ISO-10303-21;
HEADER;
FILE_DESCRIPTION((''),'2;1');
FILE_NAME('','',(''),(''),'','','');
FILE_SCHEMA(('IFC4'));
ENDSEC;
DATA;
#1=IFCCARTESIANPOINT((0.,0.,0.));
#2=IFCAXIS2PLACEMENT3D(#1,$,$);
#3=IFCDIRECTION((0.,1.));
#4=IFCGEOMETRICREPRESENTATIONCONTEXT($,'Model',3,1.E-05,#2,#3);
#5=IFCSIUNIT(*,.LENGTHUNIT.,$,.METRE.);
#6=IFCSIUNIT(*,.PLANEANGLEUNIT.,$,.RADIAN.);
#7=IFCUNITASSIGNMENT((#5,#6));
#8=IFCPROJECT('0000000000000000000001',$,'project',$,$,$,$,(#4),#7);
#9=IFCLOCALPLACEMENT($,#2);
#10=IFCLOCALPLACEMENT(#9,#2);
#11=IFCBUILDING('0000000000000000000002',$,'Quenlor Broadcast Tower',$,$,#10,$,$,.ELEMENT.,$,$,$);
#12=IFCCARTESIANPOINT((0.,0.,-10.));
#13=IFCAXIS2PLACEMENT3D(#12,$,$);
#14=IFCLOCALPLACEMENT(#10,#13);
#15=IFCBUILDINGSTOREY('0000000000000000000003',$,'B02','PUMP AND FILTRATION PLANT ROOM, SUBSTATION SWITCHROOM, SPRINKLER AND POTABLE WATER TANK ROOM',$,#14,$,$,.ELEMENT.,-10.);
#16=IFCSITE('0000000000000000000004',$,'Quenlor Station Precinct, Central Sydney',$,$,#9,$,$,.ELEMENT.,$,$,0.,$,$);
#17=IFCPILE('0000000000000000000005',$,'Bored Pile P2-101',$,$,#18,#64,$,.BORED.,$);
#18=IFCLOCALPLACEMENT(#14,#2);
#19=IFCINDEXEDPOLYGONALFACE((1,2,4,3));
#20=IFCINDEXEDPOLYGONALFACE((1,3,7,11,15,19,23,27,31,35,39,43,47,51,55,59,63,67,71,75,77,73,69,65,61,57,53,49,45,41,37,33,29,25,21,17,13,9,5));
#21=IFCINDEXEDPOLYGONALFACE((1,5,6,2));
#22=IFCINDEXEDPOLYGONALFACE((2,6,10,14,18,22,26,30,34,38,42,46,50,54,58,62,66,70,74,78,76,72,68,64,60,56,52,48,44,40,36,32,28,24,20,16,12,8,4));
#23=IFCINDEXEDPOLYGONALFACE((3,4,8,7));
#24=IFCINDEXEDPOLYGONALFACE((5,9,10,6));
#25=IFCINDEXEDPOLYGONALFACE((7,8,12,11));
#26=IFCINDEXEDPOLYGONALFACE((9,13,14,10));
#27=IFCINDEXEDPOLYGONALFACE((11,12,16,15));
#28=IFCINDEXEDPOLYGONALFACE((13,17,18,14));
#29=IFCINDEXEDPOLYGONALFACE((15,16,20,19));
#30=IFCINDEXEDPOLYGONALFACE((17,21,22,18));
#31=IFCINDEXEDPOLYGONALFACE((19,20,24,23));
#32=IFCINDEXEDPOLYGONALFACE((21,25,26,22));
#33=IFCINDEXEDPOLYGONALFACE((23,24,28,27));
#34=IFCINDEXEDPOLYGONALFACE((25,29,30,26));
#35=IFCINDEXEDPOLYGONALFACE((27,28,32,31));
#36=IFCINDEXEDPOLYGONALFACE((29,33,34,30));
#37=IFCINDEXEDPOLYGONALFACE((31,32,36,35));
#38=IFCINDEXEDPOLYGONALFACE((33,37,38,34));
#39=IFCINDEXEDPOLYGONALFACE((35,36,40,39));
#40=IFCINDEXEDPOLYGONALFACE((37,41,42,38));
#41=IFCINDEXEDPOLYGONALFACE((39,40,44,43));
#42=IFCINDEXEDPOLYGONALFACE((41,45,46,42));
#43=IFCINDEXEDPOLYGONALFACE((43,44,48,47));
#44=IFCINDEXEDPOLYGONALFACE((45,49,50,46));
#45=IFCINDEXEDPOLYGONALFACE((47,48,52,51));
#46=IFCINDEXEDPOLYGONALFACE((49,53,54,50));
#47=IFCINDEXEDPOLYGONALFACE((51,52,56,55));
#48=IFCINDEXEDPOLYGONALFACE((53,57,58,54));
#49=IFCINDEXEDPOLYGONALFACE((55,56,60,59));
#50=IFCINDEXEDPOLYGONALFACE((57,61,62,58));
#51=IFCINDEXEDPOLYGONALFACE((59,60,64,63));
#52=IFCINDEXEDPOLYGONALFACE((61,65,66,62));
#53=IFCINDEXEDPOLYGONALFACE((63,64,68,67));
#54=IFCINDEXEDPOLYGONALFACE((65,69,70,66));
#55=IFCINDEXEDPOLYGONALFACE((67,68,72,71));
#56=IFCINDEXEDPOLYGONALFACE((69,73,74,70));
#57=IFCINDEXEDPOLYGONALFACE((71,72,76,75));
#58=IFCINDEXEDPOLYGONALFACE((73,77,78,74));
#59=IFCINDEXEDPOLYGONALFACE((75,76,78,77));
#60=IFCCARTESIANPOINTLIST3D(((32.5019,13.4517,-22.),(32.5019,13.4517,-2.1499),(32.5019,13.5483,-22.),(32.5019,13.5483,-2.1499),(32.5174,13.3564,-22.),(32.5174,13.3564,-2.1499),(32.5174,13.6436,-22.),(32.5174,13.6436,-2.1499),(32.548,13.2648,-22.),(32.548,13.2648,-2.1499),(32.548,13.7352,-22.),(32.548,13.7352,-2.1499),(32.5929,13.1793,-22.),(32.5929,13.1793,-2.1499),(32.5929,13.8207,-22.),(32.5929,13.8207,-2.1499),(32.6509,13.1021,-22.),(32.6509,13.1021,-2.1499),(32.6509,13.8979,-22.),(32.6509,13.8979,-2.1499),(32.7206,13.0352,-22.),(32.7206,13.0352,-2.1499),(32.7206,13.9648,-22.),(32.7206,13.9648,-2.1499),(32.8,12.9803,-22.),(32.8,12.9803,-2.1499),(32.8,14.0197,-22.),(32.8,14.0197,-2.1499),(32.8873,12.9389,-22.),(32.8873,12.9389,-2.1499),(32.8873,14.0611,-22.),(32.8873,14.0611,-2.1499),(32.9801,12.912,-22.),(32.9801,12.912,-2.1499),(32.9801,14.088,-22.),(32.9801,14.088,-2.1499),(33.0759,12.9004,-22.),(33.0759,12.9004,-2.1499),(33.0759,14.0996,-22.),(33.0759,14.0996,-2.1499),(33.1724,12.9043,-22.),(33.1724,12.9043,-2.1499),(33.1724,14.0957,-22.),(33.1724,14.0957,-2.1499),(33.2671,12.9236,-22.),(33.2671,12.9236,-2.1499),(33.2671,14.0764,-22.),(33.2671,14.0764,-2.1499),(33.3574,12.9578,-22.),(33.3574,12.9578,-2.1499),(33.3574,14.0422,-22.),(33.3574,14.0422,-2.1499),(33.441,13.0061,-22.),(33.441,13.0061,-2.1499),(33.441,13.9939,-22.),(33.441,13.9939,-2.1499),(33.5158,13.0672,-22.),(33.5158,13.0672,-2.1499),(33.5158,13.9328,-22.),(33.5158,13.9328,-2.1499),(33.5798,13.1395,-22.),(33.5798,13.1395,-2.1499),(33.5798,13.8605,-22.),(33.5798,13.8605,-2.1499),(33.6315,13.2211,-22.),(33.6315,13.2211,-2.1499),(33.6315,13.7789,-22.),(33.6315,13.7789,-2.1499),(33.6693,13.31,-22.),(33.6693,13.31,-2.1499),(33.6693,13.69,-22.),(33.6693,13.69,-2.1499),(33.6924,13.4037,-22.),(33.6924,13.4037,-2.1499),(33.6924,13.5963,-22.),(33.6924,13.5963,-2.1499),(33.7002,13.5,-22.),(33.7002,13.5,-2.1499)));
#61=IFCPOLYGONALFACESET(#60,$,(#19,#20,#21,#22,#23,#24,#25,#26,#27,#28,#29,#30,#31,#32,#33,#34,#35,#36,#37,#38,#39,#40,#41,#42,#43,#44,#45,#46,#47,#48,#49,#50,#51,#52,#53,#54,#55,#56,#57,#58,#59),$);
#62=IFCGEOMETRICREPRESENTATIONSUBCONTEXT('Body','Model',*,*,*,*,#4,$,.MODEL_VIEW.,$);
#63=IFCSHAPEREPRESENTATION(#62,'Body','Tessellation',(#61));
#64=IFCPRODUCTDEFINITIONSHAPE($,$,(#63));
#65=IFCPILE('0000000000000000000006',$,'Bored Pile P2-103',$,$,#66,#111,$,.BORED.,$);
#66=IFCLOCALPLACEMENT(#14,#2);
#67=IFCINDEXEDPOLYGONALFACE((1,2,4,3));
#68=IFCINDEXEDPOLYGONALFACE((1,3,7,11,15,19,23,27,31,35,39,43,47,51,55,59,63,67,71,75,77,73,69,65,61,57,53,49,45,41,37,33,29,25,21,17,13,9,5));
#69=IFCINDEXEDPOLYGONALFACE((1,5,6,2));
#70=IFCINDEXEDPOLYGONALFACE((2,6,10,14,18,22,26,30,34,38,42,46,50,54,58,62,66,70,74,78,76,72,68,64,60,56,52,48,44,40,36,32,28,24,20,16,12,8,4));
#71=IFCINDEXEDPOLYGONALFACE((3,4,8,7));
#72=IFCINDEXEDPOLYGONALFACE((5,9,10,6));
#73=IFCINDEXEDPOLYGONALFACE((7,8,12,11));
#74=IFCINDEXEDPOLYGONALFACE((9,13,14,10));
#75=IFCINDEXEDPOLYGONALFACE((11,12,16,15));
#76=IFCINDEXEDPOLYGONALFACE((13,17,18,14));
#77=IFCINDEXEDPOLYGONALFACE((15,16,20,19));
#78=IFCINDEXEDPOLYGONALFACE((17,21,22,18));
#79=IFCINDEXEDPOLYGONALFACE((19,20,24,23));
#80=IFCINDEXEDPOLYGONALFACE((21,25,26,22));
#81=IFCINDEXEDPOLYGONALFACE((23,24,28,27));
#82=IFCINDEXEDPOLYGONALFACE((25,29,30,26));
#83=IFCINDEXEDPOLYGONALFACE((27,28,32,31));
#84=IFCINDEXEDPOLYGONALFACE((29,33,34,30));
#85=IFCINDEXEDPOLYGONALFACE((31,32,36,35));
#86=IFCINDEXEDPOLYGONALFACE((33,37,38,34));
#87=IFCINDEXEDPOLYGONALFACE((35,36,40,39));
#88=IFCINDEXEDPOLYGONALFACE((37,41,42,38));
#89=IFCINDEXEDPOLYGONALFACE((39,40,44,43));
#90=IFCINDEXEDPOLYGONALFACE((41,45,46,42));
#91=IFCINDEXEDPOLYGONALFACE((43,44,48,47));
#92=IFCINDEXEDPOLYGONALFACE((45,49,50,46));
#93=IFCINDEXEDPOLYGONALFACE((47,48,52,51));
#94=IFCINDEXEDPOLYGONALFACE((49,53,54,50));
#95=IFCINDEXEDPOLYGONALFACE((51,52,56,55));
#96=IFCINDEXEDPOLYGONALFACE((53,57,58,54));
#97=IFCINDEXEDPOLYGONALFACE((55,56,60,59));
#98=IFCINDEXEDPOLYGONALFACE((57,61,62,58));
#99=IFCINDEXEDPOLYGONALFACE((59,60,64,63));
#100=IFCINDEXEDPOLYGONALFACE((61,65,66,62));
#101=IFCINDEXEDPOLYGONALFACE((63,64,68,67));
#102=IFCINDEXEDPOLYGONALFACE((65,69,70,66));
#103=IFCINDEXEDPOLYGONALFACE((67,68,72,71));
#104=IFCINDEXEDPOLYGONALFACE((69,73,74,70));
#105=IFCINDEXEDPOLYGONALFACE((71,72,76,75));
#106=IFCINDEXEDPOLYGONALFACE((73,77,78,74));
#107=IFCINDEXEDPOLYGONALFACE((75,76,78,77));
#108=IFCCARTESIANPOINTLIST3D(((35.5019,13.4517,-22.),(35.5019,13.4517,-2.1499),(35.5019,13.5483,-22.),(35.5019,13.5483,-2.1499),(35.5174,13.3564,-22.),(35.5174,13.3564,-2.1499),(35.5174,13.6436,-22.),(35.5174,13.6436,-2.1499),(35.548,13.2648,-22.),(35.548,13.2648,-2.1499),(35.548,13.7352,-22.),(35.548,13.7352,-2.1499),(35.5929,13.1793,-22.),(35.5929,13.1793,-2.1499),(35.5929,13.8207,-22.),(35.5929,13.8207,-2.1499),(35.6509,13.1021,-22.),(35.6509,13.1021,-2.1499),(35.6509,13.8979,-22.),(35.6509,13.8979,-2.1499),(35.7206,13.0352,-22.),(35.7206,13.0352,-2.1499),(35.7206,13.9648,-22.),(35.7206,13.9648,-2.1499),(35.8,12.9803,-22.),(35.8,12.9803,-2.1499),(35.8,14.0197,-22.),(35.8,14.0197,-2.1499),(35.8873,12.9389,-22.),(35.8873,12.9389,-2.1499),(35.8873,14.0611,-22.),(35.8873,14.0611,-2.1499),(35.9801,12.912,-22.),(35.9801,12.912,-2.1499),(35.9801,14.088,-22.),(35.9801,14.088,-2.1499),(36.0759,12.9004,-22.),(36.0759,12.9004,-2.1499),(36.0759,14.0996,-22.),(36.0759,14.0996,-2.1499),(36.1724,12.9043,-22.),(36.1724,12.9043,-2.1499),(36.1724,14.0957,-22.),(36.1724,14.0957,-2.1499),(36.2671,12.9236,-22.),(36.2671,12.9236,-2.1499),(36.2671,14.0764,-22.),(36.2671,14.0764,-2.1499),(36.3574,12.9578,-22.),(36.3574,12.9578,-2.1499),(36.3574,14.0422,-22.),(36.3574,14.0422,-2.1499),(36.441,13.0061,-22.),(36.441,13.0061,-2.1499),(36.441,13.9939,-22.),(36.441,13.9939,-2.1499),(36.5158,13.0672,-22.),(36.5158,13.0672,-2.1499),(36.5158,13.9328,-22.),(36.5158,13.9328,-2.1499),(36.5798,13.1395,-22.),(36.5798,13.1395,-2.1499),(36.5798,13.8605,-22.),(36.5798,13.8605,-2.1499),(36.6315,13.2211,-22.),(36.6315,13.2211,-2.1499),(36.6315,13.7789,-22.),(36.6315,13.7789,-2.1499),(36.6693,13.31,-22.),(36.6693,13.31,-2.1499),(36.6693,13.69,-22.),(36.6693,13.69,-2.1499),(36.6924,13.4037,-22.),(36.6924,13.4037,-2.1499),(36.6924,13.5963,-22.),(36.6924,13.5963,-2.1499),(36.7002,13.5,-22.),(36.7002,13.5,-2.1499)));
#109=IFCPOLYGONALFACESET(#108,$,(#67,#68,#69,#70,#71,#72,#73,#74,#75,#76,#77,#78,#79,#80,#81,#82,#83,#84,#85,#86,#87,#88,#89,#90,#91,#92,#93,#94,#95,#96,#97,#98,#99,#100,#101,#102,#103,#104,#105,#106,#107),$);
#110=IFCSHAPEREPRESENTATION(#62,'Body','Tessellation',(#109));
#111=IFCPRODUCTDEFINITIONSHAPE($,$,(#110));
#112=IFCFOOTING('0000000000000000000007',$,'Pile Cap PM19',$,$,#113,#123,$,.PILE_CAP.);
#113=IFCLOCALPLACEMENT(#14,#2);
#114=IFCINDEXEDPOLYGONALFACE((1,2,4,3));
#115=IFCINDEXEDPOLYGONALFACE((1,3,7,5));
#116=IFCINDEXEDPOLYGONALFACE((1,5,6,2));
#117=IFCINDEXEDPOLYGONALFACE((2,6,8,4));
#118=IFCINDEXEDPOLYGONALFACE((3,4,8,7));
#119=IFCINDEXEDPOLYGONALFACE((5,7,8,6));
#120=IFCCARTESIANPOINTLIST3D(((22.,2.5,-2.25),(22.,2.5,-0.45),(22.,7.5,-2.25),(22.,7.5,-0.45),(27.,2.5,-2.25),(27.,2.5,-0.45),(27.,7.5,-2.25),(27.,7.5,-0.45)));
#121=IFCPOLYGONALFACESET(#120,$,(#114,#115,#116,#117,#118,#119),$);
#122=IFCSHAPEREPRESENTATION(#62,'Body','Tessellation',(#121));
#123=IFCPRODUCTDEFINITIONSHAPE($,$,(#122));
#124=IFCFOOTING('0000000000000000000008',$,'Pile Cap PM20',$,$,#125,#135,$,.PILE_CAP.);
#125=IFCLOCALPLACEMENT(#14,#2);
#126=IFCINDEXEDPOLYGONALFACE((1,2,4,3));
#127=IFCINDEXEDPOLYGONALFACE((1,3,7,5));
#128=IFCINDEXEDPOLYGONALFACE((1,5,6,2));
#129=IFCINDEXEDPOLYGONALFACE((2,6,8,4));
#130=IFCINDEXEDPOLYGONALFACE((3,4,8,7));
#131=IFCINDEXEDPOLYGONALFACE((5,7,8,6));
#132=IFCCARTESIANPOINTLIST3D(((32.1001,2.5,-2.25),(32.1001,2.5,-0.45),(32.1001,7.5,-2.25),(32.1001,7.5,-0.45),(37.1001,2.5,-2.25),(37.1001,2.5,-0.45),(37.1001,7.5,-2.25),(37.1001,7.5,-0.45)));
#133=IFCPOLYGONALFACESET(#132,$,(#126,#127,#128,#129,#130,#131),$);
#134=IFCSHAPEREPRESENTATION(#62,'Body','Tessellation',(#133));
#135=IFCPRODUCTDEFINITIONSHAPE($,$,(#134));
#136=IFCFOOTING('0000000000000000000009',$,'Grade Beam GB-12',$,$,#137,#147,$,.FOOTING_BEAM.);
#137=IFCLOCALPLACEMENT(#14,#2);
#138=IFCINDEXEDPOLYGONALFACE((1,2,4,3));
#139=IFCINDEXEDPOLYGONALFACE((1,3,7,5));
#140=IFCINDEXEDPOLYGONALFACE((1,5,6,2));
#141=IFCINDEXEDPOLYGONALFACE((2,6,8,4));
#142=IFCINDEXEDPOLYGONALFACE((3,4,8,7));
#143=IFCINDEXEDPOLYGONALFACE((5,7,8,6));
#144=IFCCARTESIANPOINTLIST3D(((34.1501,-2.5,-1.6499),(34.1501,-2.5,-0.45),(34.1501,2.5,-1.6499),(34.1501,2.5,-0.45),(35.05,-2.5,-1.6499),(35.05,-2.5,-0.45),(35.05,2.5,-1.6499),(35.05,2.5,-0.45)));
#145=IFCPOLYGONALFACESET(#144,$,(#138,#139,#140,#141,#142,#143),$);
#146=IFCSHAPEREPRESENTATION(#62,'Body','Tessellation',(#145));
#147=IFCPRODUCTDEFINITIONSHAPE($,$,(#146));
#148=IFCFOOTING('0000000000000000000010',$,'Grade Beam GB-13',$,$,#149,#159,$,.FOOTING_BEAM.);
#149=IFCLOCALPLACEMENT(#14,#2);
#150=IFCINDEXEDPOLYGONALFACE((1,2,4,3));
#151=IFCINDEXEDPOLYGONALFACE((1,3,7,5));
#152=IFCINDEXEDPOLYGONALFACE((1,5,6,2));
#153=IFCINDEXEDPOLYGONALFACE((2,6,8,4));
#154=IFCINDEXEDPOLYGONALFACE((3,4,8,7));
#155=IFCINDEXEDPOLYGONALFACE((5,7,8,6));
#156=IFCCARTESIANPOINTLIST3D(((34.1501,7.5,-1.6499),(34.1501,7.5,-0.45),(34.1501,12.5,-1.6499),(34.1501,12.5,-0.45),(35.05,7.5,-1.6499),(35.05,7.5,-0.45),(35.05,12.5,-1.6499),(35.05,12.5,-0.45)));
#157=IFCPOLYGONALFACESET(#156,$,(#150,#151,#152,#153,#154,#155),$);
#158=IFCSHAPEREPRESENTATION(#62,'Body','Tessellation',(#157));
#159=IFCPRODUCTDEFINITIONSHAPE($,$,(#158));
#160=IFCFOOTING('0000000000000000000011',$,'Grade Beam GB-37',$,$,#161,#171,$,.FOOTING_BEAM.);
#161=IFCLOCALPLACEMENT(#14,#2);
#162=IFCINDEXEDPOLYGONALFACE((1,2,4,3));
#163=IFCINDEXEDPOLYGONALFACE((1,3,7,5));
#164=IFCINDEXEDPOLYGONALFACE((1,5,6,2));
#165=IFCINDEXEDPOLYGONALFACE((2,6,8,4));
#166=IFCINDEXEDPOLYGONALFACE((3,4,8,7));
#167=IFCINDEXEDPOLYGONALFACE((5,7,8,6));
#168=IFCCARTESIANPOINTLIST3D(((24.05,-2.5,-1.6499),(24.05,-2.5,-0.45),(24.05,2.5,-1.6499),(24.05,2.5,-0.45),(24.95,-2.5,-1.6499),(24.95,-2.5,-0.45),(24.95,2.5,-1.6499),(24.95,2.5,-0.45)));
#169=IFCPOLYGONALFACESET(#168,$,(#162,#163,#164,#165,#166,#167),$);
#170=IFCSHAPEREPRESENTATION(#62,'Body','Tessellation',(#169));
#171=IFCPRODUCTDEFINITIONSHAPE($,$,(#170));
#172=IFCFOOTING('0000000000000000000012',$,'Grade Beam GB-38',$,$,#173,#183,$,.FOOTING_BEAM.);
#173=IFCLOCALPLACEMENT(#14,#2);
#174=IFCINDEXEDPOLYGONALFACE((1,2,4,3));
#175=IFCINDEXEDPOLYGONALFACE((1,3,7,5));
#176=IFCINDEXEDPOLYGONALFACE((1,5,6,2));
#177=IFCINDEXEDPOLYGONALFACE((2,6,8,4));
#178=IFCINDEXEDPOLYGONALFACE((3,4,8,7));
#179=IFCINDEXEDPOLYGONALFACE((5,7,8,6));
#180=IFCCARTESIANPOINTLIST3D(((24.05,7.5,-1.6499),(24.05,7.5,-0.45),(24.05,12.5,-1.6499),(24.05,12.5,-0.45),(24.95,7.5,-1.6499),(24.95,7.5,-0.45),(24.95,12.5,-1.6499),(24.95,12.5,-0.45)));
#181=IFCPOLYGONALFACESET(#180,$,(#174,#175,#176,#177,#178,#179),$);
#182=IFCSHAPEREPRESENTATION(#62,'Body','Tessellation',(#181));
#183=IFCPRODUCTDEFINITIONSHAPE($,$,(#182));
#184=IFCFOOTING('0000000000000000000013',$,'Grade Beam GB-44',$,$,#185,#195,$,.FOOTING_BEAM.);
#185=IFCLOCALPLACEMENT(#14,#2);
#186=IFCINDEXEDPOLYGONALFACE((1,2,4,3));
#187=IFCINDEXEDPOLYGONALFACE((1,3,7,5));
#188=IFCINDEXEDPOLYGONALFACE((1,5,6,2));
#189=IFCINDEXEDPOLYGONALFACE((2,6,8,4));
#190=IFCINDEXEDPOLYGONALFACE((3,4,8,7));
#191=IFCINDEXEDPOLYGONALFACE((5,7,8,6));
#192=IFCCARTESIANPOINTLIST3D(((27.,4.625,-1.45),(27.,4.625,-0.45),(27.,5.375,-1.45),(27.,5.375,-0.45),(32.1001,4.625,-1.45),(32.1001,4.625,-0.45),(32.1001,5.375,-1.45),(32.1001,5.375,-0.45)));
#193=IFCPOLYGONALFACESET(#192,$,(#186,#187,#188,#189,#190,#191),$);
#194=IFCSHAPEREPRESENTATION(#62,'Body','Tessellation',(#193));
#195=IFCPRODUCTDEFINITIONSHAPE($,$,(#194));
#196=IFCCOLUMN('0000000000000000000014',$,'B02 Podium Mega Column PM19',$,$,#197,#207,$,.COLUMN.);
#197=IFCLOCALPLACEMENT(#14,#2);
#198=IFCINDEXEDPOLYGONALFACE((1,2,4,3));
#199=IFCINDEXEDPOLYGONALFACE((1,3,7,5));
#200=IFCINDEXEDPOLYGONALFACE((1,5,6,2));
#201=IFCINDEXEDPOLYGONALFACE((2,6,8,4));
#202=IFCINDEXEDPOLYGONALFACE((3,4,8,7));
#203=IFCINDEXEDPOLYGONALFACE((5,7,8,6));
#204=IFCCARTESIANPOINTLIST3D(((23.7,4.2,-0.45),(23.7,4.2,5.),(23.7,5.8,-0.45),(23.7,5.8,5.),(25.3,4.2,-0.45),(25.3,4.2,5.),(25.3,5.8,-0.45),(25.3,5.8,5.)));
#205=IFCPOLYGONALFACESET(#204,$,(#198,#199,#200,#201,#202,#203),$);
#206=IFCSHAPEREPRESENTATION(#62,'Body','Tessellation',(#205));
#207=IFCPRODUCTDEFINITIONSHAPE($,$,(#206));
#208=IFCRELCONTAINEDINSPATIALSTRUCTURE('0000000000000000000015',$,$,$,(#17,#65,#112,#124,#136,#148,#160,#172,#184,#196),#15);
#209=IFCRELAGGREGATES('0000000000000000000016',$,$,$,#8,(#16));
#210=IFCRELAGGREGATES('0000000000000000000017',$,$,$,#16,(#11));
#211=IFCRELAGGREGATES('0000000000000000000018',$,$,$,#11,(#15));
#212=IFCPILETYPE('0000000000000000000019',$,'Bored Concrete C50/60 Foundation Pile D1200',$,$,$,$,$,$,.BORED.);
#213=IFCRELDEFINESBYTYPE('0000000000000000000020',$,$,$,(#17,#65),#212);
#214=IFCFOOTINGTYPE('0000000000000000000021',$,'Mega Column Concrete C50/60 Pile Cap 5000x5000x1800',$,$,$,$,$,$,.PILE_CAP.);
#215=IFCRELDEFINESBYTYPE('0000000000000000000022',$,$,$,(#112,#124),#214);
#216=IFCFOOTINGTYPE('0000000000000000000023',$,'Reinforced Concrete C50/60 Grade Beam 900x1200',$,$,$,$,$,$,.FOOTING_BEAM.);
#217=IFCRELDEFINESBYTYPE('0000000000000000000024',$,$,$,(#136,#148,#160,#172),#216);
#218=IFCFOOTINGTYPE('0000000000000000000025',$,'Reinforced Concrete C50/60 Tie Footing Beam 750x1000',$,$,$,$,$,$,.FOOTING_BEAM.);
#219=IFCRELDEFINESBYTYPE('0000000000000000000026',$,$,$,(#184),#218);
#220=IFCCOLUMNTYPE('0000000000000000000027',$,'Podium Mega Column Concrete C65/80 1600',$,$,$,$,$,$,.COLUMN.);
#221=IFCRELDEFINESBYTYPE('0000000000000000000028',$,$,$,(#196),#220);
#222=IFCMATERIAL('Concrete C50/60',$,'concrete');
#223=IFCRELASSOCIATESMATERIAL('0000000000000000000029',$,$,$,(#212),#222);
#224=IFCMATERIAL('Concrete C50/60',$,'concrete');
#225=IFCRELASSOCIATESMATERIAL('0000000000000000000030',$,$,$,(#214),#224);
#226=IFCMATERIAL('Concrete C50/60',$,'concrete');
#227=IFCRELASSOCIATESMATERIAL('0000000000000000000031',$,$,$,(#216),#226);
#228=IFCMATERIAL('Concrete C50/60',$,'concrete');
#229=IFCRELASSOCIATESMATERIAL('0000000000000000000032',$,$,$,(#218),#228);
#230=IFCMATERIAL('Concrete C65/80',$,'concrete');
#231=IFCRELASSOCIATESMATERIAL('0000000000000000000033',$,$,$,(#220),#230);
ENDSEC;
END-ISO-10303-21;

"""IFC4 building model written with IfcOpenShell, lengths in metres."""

from ifc_helpers import new_model, si_unit, direction, frame, origin, origin_2d, place, context, subcontext, project, spatial, rectangle, circle, extrude, material, material_profile, profile_set, type_object, element, save


model = new_model("IFC4")

# Units and contexts
model_context = context("Model", 3, precision=1e-05, world=origin(), true_north=direction((0.0, 1.0)))
body_context = subcontext(model_context, "Body", "Model", "MODEL_VIEW")
ifc_project = project(units=[si_unit("LENGTHUNIT", "METRE"), si_unit("PLANEANGLEUNIT", "RADIAN")], contexts=[model_context])

# Site, building, storey
site_placement = place(None, origin())
site = spatial("IfcSite", under=ifc_project, at=site_placement, Name="Quenlor Station Precinct, Central Sydney", CompositionType="ELEMENT", RefElevation=0.0)
building_placement = place(site_placement, origin())
building = spatial("IfcBuilding", under=site, at=building_placement, Name="Quenlor Broadcast Tower", CompositionType="ELEMENT")
storey_placement = place(building_placement, frame((0.0, 0.0, -10.0)))
storey = spatial("IfcBuildingStorey", under=building, at=storey_placement, Name="B02", Description="PUMP AND FILTRATION PLANT ROOM, SUBSTATION SWITCHROOM, SPRINKLER AND POTABLE WATER TANK ROOM", CompositionType="ELEMENT", Elevation=-10.0)

# Piles
ifc_material_1 = material(Name="Concrete C50/60", Category="concrete")
ifc_material_profile_1 = material_profile(ifc_material_1, circle(Radius=0.6001, at=origin_2d()))
ifc_profile_set_1 = profile_set([ifc_material_profile_1], Name="Concrete C50/60 PILE1200")
pile_type = type_object("IfcPileType", Name="Bored Concrete C50/60 Foundation Pile D1200", PredefinedType="BORED", material=ifc_profile_set_1)
for number, where, z_axis, x_axis, name in (
    (1, (33.1001, 13.5, -2.1499), (0.0, 0.0, -1.0), (1.0, 0.0, 0.0), "Bored Pile P2-101"),
    (2, (36.1001, 13.5, -2.1499), (0.0, 0.0, -1.0), (1.0, 0.0, 0.0), "Bored Pile P2-103"),
):
    element("IfcPile", number, at=place(storey_placement, frame(where, z_axis=z_axis, x_axis=x_axis)), inside=storey, type_object=pile_type, Name=name, PredefinedType="BORED", context=body_context, shape_type="SweptSolid", body=[
        extrude(circle(Radius=0.6001, at=origin_2d()), origin(), (0.0, 0.0, 1.0), 19.8501),
    ])

# Footings
ifc_material_2 = material(Name="Concrete C50/60", Category="concrete")
footing_type_1 = type_object("IfcFootingType", Name="Mega Column Concrete C50/60 Pile Cap 5000x5000x1800", PredefinedType="PILE_CAP", material=ifc_material_2)
for number, where, z_axis, x_axis, name in (
    (3, (24.5, 5.0, -2.25), (0.0, 0.0, 1.0), (1.0, 0.0, 0.0), "Pile Cap PM19"),
    (4, (34.6001, 5.0, -2.25), (0.0, 0.0, 1.0), (1.0, 0.0, 0.0), "Pile Cap PM20"),
):
    element("IfcFooting", number, at=place(storey_placement, frame(where, z_axis=z_axis, x_axis=x_axis)), inside=storey, type_object=footing_type_1, Name=name, PredefinedType="PILE_CAP", context=body_context, shape_type="SweptSolid", body=[
        extrude(rectangle(XDim=5.0, YDim=5.0, at=origin_2d()), origin(), (0.0, 0.0, 1.0), 1.8),
    ])
ifc_material_3 = material(Name="Concrete C50/60", Category="concrete")
footing_type_2 = type_object("IfcFootingType", Name="Reinforced Concrete C50/60 Grade Beam 900x1200", PredefinedType="FOOTING_BEAM", material=ifc_material_3)
for number, where, z_axis, x_axis, name in (
    (5, (34.6001, 0.0, -1.6499), (0.0, 0.0, 1.0), (0.0, 1.0, 0.0), "Grade Beam GB-12"),
    (6, (34.6001, 10.0, -1.6499), (0.0, 0.0, 1.0), (0.0, 1.0, 0.0), "Grade Beam GB-13"),
    (7, (24.5, 0.0, -1.6499), (0.0, 0.0, 1.0), (0.0, 1.0, 0.0), "Grade Beam GB-37"),
    (8, (24.5, 10.0, -1.6499), (0.0, 0.0, 1.0), (0.0, 1.0, 0.0), "Grade Beam GB-38"),
):
    element("IfcFooting", number, at=place(storey_placement, frame(where, z_axis=z_axis, x_axis=x_axis)), inside=storey, type_object=footing_type_2, Name=name, PredefinedType="FOOTING_BEAM", context=body_context, shape_type="SweptSolid", body=[
        extrude(rectangle(XDim=5.0, YDim=0.8999, at=origin_2d()), origin(), (0.0, 0.0, 1.0), 1.2),
    ])
ifc_material_4 = material(Name="Concrete C50/60", Category="concrete")
footing_type_3 = type_object("IfcFootingType", Name="Reinforced Concrete C50/60 Tie Footing Beam 750x1000", PredefinedType="FOOTING_BEAM", material=ifc_material_4)
footing_placement = place(storey_placement, frame((29.55, 5.0, -1.45), z_axis=(0.0, 0.0, 1.0), x_axis=(1.0, 0.0, 0.0)))
element("IfcFooting", 9, at=footing_placement, inside=storey, type_object=footing_type_3, Name="Grade Beam GB-44", PredefinedType="FOOTING_BEAM", context=body_context, shape_type="SweptSolid", body=[
    extrude(rectangle(XDim=5.1001, YDim=0.75, at=origin_2d()), origin(), (0.0, 0.0, 1.0), 1.0),
])

# Column
ifc_material_5 = material(Name="Concrete C65/80", Category="concrete")
ifc_material_profile_2 = material_profile(ifc_material_5, rectangle(XDim=1.6001, YDim=1.6001, at=origin_2d()))
ifc_profile_set_2 = profile_set([ifc_material_profile_2], Name="Concrete C65/80 RC1600x1600")
column_type = type_object("IfcColumnType", Name="Podium Mega Column Concrete C65/80 1600", PredefinedType="COLUMN", material=ifc_profile_set_2)
for number, where, z_axis, x_axis, name in (
    (10, (24.5, 5.0, -0.45), (0.0, 0.0, 1.0), (1.0, 0.0, 0.0), "B02 Podium Mega Column PM19"),
):
    element("IfcColumn", number, at=place(storey_placement, frame(where, z_axis=z_axis, x_axis=x_axis)), inside=storey, type_object=column_type, Name=name, PredefinedType="COLUMN", context=body_context, shape_type="SweptSolid", body=[
        extrude(rectangle(XDim=1.6001, YDim=1.6001, at=origin_2d()), origin(), (0.0, 0.0, 1.0), 5.45),
    ])

save(model, "model.ifc")
